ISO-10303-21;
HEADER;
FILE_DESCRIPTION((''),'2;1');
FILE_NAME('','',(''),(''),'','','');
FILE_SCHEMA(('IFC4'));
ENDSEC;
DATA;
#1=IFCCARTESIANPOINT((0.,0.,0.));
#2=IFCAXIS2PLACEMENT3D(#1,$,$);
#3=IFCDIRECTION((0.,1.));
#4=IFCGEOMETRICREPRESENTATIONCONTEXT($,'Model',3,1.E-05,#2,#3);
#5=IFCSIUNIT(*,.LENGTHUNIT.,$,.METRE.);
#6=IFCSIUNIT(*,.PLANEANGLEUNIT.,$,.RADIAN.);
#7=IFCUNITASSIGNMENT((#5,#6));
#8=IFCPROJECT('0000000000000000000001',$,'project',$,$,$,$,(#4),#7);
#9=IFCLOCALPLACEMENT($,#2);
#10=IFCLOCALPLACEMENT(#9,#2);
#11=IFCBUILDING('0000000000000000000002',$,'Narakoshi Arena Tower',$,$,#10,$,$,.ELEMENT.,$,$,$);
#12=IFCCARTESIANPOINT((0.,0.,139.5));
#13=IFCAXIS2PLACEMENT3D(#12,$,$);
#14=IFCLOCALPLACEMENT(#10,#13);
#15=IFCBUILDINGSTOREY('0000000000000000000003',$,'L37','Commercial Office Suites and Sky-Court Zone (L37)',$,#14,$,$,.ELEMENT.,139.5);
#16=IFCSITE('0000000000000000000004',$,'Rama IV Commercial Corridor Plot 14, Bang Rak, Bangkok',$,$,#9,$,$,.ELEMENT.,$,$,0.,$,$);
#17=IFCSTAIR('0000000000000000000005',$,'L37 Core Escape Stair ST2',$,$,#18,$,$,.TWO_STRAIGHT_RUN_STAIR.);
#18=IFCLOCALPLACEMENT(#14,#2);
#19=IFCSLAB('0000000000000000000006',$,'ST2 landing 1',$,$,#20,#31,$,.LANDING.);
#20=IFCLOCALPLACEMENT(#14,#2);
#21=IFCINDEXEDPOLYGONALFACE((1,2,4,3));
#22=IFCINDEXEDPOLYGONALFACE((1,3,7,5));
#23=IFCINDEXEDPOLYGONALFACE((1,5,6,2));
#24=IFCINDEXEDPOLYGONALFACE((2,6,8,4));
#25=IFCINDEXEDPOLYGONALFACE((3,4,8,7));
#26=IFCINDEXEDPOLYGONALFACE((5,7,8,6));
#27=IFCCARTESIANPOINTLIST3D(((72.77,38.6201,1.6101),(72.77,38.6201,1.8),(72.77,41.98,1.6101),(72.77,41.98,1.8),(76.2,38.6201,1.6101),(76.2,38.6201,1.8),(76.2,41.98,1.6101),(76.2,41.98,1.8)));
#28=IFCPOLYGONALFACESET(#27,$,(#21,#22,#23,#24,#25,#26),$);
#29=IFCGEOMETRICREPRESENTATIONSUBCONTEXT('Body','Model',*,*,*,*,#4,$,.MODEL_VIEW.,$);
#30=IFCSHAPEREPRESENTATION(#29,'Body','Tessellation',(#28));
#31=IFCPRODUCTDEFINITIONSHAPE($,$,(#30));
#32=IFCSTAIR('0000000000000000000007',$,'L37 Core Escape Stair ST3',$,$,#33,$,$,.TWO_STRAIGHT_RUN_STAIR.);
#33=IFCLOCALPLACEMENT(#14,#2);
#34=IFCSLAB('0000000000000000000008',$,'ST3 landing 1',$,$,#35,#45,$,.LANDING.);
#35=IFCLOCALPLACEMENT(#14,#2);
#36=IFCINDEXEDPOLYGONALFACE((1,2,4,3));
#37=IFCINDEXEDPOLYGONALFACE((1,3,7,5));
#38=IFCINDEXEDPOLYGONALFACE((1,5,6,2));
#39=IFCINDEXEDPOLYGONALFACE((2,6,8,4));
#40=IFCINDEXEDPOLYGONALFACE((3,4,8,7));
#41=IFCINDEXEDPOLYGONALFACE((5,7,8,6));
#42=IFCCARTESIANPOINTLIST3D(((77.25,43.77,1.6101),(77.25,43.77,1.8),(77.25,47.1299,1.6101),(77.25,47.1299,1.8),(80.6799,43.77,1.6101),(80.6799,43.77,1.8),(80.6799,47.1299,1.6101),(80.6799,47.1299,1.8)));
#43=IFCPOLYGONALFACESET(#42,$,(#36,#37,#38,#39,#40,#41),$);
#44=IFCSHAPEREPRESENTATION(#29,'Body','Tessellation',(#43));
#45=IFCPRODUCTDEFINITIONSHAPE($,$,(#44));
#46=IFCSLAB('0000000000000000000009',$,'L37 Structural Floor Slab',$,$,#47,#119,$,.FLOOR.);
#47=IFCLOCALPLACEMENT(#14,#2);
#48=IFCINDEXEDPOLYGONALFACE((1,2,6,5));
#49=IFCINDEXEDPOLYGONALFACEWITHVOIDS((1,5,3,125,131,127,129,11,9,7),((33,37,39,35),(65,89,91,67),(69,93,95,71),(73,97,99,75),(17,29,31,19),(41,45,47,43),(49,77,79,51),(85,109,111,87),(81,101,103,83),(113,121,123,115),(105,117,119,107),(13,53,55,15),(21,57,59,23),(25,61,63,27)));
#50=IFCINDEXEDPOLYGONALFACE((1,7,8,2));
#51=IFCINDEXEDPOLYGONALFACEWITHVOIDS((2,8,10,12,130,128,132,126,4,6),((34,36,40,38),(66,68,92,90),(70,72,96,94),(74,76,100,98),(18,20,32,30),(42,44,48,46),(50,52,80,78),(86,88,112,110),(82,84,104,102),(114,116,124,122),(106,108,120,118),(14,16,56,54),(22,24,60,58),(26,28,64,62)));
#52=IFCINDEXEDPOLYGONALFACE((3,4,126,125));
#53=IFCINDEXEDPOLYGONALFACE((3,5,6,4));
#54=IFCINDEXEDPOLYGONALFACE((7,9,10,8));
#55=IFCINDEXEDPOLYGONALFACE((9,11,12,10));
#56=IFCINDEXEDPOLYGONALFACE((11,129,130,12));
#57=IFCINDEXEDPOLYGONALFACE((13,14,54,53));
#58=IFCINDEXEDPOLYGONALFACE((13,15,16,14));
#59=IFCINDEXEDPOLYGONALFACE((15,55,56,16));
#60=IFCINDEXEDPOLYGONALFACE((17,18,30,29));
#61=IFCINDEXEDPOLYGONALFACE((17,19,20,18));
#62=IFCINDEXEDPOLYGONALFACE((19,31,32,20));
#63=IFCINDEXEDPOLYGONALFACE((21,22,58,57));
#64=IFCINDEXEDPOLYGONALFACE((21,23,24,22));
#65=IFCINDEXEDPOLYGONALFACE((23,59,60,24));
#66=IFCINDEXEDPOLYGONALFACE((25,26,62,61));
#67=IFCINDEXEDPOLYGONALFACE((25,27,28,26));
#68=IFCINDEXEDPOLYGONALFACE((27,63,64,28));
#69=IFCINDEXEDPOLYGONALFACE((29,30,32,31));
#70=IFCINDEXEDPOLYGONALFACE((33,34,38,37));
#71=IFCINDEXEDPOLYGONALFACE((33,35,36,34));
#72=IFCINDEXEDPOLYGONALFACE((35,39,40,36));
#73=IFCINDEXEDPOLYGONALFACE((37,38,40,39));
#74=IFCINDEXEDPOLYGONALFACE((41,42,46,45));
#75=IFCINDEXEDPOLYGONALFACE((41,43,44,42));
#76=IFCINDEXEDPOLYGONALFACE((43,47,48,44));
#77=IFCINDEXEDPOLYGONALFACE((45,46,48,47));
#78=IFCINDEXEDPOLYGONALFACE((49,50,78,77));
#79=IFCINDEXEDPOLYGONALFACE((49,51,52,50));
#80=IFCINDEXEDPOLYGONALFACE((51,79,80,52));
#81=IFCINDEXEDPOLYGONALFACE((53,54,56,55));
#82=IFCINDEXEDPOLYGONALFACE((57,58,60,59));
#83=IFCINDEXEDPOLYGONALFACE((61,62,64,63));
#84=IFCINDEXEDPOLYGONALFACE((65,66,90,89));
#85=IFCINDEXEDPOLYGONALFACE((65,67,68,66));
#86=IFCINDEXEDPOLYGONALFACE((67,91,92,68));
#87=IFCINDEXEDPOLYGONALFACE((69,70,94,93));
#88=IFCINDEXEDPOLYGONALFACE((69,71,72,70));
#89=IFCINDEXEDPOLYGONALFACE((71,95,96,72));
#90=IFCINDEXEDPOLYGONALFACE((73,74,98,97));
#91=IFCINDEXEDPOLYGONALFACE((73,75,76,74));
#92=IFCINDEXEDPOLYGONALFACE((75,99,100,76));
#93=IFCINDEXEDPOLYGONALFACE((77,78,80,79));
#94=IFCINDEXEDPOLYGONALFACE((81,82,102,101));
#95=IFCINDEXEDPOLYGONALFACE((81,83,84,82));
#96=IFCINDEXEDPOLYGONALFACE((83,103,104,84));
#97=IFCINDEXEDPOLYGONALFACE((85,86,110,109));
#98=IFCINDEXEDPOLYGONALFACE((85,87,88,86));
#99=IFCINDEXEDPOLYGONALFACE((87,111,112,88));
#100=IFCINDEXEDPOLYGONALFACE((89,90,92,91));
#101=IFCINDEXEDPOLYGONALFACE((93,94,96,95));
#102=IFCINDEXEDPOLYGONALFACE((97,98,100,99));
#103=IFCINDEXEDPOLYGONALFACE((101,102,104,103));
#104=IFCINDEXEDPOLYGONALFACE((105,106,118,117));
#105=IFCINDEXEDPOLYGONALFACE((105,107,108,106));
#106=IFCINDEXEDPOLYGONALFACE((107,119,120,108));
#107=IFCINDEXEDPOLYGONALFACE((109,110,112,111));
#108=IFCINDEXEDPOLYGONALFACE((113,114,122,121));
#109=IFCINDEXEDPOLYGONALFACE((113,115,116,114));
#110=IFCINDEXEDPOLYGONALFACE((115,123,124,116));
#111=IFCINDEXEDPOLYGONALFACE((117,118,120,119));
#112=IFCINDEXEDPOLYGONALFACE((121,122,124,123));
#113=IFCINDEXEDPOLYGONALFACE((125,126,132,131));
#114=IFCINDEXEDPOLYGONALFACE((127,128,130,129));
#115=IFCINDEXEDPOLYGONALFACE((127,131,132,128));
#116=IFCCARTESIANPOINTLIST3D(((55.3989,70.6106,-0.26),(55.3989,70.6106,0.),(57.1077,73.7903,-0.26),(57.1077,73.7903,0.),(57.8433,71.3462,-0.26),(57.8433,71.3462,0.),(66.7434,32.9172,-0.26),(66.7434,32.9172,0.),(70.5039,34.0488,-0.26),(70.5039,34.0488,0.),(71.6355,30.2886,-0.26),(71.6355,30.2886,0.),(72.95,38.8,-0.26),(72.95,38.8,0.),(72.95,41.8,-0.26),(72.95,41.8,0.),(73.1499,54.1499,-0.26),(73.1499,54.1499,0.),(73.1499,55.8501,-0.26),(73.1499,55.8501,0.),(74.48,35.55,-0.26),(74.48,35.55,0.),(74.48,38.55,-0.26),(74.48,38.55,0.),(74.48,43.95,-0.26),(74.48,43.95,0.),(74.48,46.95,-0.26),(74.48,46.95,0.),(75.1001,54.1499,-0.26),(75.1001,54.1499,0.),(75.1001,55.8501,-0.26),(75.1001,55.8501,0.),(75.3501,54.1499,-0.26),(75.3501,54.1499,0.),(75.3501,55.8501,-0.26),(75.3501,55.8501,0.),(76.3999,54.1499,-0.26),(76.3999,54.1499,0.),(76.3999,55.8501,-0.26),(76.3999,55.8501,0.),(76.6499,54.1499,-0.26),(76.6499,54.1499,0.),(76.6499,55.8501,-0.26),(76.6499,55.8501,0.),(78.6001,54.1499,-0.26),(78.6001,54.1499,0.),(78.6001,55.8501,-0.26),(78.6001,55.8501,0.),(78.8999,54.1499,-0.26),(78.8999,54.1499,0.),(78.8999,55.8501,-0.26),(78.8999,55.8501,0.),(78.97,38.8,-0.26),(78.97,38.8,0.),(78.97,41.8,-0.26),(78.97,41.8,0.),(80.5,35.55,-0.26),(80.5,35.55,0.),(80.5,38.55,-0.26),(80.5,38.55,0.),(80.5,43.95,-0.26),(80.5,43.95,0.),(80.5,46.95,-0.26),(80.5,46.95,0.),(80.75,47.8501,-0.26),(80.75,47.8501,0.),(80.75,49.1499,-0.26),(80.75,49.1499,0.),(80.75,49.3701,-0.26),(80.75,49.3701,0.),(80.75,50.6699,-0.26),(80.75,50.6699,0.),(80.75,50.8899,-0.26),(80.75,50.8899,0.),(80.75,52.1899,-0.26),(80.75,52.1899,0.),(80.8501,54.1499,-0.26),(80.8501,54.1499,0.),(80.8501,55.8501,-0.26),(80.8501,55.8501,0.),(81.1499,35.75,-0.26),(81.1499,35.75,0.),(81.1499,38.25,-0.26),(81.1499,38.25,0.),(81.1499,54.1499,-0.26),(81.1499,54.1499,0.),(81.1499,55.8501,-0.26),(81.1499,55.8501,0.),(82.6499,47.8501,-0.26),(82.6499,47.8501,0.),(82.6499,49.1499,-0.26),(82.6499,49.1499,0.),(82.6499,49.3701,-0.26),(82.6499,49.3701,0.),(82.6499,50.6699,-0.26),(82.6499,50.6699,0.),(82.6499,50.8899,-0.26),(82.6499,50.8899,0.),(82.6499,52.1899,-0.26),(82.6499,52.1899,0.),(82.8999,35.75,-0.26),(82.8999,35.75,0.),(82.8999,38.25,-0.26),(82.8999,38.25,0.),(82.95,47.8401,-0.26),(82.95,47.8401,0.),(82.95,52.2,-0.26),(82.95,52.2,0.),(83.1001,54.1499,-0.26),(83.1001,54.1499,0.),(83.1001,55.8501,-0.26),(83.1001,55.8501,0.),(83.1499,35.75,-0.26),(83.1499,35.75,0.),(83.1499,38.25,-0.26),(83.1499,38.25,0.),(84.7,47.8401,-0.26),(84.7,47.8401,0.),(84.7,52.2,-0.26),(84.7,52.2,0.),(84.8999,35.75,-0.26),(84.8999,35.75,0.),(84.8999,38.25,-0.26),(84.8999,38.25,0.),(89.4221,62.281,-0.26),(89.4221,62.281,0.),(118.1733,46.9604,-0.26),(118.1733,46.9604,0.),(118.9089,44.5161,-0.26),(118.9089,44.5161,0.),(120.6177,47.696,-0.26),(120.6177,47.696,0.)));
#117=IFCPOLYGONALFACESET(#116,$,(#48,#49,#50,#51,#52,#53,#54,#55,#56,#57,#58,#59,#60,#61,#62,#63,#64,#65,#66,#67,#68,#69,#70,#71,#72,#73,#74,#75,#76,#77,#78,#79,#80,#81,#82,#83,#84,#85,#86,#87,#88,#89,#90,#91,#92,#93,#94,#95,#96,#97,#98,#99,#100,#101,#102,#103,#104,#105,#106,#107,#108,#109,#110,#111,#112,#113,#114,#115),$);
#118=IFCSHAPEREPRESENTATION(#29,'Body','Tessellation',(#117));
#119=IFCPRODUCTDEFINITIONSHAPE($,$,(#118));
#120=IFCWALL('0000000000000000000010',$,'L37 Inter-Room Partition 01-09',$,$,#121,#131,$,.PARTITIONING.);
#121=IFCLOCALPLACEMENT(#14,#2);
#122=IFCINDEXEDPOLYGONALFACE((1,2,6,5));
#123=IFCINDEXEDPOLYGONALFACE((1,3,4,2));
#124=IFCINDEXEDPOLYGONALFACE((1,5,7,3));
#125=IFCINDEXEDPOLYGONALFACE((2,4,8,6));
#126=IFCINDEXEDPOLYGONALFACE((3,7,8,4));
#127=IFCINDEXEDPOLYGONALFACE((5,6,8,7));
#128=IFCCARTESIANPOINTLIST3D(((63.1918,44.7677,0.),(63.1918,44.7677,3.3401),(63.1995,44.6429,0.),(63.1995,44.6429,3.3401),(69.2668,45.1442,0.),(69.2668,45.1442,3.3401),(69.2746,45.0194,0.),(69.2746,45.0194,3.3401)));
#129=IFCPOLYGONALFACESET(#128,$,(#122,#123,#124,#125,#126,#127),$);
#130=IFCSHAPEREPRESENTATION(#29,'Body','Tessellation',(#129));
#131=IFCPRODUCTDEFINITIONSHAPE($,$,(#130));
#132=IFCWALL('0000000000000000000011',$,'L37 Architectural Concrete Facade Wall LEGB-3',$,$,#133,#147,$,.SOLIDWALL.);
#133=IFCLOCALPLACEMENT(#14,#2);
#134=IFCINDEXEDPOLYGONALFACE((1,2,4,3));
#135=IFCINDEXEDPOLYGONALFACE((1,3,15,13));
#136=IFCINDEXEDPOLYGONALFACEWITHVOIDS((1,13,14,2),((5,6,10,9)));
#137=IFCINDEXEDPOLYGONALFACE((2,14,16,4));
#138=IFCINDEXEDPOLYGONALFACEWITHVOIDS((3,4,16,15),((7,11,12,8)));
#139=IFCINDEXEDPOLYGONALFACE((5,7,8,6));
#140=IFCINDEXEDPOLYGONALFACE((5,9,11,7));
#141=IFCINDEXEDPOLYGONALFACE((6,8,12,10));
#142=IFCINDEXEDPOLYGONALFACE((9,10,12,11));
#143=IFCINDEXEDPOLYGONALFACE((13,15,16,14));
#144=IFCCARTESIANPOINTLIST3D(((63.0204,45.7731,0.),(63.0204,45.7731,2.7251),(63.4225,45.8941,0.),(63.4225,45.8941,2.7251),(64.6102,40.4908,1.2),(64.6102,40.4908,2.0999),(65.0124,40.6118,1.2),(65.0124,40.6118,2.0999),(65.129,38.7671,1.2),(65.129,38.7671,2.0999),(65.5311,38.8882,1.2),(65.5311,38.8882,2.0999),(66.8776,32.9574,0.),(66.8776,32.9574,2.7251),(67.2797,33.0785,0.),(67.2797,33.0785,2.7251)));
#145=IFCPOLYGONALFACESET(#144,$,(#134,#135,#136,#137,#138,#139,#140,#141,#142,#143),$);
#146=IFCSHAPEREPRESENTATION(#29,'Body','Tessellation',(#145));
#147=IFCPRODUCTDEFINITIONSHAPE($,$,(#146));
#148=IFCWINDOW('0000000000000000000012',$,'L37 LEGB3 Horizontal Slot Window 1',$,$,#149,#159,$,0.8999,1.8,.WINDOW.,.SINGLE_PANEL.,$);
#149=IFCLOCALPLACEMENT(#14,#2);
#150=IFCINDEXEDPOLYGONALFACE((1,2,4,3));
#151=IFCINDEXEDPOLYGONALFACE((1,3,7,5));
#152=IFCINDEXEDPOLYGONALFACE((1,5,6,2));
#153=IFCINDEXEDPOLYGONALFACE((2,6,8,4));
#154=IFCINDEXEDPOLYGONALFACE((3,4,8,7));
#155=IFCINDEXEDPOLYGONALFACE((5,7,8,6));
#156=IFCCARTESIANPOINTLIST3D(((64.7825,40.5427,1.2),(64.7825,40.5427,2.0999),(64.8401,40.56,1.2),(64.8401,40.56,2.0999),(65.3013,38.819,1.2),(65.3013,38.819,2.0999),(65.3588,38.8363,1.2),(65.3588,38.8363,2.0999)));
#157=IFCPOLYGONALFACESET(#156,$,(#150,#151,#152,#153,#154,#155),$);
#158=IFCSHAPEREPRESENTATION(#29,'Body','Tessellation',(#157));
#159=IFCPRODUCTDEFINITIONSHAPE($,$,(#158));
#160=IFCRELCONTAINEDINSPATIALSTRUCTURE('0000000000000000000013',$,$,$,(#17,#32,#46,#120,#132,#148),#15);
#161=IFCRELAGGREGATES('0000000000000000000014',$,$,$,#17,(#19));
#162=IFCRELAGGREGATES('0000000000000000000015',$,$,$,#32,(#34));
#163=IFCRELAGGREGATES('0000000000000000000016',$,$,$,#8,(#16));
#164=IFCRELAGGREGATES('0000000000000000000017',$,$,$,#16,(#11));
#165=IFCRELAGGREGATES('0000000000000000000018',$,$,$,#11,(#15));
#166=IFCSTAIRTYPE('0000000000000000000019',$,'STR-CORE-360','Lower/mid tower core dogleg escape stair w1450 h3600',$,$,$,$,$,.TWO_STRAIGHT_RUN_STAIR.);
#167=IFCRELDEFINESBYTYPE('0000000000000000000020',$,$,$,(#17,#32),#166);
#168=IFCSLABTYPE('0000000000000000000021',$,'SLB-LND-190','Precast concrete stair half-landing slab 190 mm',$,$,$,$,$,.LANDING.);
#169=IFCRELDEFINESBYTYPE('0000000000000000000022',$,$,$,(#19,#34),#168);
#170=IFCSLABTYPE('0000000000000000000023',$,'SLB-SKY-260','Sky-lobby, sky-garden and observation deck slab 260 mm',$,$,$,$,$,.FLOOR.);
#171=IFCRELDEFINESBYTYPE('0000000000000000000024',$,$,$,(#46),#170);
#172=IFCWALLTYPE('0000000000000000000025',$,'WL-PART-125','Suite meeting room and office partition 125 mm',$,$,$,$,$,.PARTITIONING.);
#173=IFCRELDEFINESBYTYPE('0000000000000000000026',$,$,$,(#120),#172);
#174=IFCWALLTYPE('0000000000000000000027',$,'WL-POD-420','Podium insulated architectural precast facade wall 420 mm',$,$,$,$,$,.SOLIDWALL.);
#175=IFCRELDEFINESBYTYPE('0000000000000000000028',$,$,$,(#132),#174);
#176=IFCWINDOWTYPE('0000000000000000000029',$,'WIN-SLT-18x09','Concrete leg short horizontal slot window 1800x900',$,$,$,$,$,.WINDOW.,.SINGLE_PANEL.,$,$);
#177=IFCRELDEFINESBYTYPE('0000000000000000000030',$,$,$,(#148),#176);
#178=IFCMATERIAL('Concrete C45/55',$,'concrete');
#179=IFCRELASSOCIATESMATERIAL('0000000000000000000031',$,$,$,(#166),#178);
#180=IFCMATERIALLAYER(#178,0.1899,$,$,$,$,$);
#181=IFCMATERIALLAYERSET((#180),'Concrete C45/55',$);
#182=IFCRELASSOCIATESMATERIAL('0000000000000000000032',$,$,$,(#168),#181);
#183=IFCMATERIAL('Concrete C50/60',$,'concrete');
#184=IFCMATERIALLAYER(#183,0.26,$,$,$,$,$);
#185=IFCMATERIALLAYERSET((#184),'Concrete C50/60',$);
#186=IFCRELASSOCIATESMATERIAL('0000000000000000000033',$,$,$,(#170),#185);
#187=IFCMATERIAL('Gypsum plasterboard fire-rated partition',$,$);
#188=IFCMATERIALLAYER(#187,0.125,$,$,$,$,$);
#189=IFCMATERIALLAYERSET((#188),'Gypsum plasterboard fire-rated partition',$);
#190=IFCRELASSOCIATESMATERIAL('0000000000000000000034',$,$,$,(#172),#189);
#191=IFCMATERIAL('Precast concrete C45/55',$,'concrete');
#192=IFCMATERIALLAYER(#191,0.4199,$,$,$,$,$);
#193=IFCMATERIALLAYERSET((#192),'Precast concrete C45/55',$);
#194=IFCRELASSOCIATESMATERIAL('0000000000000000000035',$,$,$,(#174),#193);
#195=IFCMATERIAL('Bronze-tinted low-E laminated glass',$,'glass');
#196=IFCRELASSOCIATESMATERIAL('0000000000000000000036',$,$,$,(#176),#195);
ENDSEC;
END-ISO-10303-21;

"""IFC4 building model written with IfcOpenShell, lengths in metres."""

from ifc_helpers import new_model, si_unit, direction, frame, frame_2d, origin, place, context, subcontext, project, spatial, polyline, rectangle, outline, extrude, material, layer, layer_set, type_object, element, fill, aggregate, save


model = new_model("IFC4")

# Units and contexts
model_context = context("Model", 3, precision=1e-05, world=origin(), true_north=direction((0.0, 1.0)))
body_context = subcontext(model_context, "Body", "Model", "MODEL_VIEW")
ifc_project = project(units=[si_unit("LENGTHUNIT", "METRE"), si_unit("PLANEANGLEUNIT", "RADIAN")], contexts=[model_context])

# Site, building, storey
site_placement = place(None, origin())
site = spatial("IfcSite", under=ifc_project, at=site_placement, Name="Rama IV Commercial Corridor Plot 14, Bang Rak, Bangkok", CompositionType="ELEMENT", RefElevation=0.0)
building_placement = place(site_placement, origin())
building = spatial("IfcBuilding", under=site, at=building_placement, Name="Narakoshi Arena Tower", CompositionType="ELEMENT")
storey_placement = place(building_placement, frame((0.0, 0.0, 139.5)))
storey = spatial("IfcBuildingStorey", under=building, at=storey_placement, Name="L37", Description="Commercial Office Suites and Sky-Court Zone (L37)", CompositionType="ELEMENT", Elevation=139.5)

# Stairs, slabs
ifc_material_1 = material(Name="Concrete C45/55", Category="concrete")
stair_type = type_object("IfcStairType", Name="STR-CORE-360", Description="Lower/mid tower core dogleg escape stair w1450 h3600", PredefinedType="TWO_STRAIGHT_RUN_STAIR", material=ifc_material_1)
ifc_layer_1 = layer(ifc_material_1, 0.1899)
ifc_layer_set_1 = layer_set([ifc_layer_1], Name="Concrete C45/55")
slab_type_1 = type_object("IfcSlabType", Name="SLB-LND-190", Description="Precast concrete stair half-landing slab 190 mm", PredefinedType="LANDING", material=ifc_layer_set_1)
stair_1_placement = place(storey_placement, origin())
stair_1 = element("IfcStair", 1, at=stair_1_placement, inside=storey, type_object=stair_type, Name="L37 Core Escape Stair ST2", PredefinedType="TWO_STRAIGHT_RUN_STAIR")
slab_1_placement = place(storey_placement, frame((0.0, 0.0, 1.6101)))
slab_1 = element("IfcSlab", 2, at=slab_1_placement, type_object=slab_type_1, Name="ST2 landing 1", PredefinedType="LANDING", context=body_context, shape_type="SweptSolid", body=[
    extrude(outline(polyline([(72.77, 38.6201), (76.2, 38.6201), (76.2, 41.98), (72.77, 41.98), (72.77, 38.6201)])), origin(), (0.0, 0.0, 1.0), 0.1899),
])
aggregate(stair_1, [slab_1])
stair_2_placement = place(storey_placement, origin())
stair_2 = element("IfcStair", 3, at=stair_2_placement, inside=storey, type_object=stair_type, Name="L37 Core Escape Stair ST3", PredefinedType="TWO_STRAIGHT_RUN_STAIR")
slab_2_placement = place(storey_placement, frame((0.0, 0.0, 1.6101)))
slab_2 = element("IfcSlab", 4, at=slab_2_placement, type_object=slab_type_1, Name="ST3 landing 1", PredefinedType="LANDING", context=body_context, shape_type="SweptSolid", body=[
    extrude(outline(polyline([(77.25, 43.77), (80.6799, 43.77), (80.6799, 47.1299), (77.25, 47.1299), (77.25, 43.77)])), origin(), (0.0, 0.0, 1.0), 0.1899),
])
aggregate(stair_2, [slab_2])

# Slab
ifc_material_2 = material(Name="Concrete C50/60", Category="concrete")
ifc_layer_2 = layer(ifc_material_2, 0.26)
ifc_layer_set_2 = layer_set([ifc_layer_2], Name="Concrete C50/60")
slab_type_2 = type_object("IfcSlabType", Name="SLB-SKY-260", Description="Sky-lobby, sky-garden and observation deck slab 260 mm", PredefinedType="FLOOR", material=ifc_layer_set_2)
slab_3_placement = place(storey_placement, frame((0.0, 0.0, -0.26)))
element("IfcSlab", 5, at=slab_3_placement, inside=storey, type_object=slab_type_2, Name="L37 Structural Floor Slab", PredefinedType="FLOOR", context=body_context, shape_type="SweptSolid", body=[
    extrude(outline(polyline([(71.6355, 30.2886), (118.9089, 44.5161), (118.1733, 46.9604), (120.6177, 47.696), (89.4221, 62.281), (57.1077, 73.7903), (57.8433, 71.3462), (55.3989, 70.6106), (66.7434, 32.9172), (70.5039, 34.0488), (71.6355, 30.2886)]), holes=[polyline([(80.5, 35.55), (74.48, 35.55), (74.48, 38.55), (80.5, 38.55), (80.5, 35.55)]), polyline([(82.8999, 35.75), (81.1499, 35.75), (81.1499, 38.25), (82.8999, 38.25), (82.8999, 35.75)]), polyline([(83.1499, 35.75), (83.1499, 38.25), (84.8999, 38.25), (84.8999, 35.75), (83.1499, 35.75)]), polyline([(72.95, 38.8), (72.95, 41.8), (78.97, 41.8), (78.97, 38.8), (72.95, 38.8)]), polyline([(74.48, 43.95), (74.48, 46.95), (80.5, 46.95), (80.5, 43.95), (74.48, 43.95)]), polyline([(82.95, 47.8401), (82.95, 52.2), (84.7, 52.2), (84.7, 47.8401), (82.95, 47.8401)]), polyline([(80.75, 47.8501), (80.75, 49.1499), (82.6499, 49.1499), (82.6499, 47.8501), (80.75, 47.8501)]), polyline([(80.75, 49.3701), (80.75, 50.6699), (82.6499, 50.6699), (82.6499, 49.3701), (80.75, 49.3701)]), polyline([(80.75, 50.8899), (80.75, 52.1899), (82.6499, 52.1899), (82.6499, 50.8899), (80.75, 50.8899)]), polyline([(73.1499, 54.1499), (73.1499, 55.8501), (75.1001, 55.8501), (75.1001, 54.1499), (73.1499, 54.1499)]), polyline([(75.3501, 54.1499), (75.3501, 55.8501), (76.3999, 55.8501), (76.3999, 54.1499), (75.3501, 54.1499)]), polyline([(76.6499, 54.1499), (76.6499, 55.8501), (78.6001, 55.8501), (78.6001, 54.1499), (76.6499, 54.1499)]), polyline([(78.8999, 54.1499), (78.8999, 55.8501), (80.8501, 55.8501), (80.8501, 54.1499), (78.8999, 54.1499)]), polyline([(81.1499, 54.1499), (81.1499, 55.8501), (83.1001, 55.8501), (83.1001, 54.1499), (81.1499, 54.1499)])]), origin(), (0.0, 0.0, 1.0), 0.26),
])

# Wall
ifc_material_3 = material(Name="Gypsum plasterboard fire-rated partition")
ifc_layer_3 = layer(ifc_material_3, 0.125)
ifc_layer_set_3 = layer_set([ifc_layer_3], Name="Gypsum plasterboard fire-rated partition")
wall_type_1 = type_object("IfcWallType", Name="WL-PART-125", Description="Suite meeting room and office partition 125 mm", PredefinedType="PARTITIONING", material=ifc_layer_set_3)
wall_1_placement = place(storey_placement, frame((63.1956, 44.7053, 0.0), z_axis=(0.0, 0.0, 1.0), x_axis=(0.998085, 0.061851, 0.0)))
element("IfcWall", 6, at=wall_1_placement, inside=storey, type_object=wall_type_1, Name="L37 Inter-Room Partition 01-09", PredefinedType="PARTITIONING", context=body_context, shape_type="SweptSolid", body=[
    extrude(rectangle(XDim=6.0867, YDim=0.125, at=frame_2d((3.0435, 0.0))), origin(), (0.0, 0.0, 1.0), 3.3401),
])

# Wall, opening, window
ifc_material_4 = material(Name="Precast concrete C45/55", Category="concrete")
ifc_layer_4 = layer(ifc_material_4, 0.4199)
ifc_layer_set_4 = layer_set([ifc_layer_4], Name="Precast concrete C45/55")
wall_type_2 = type_object("IfcWallType", Name="WL-POD-420", Description="Podium insulated architectural precast facade wall 420 mm", PredefinedType="SOLIDWALL", material=ifc_layer_set_4)
wall_2_placement = place(storey_placement, frame((63.2214, 45.8337, 0.0), z_axis=(0.0, 0.0, 1.0), x_axis=(0.288203, -0.957569, 0.0)))
wall_2 = element("IfcWall", 7, at=wall_2_placement, inside=storey, type_object=wall_type_2, Name="L37 Architectural Concrete Facade Wall LEGB-3", PredefinedType="SOLIDWALL", context=body_context, shape_type="SweptSolid", body=[
    extrude(rectangle(XDim=13.3835, YDim=0.4199, at=frame_2d((6.6919, 0.0))), origin(), (0.0, 0.0, 1.0), 2.7251),
])
opening_placement = place(wall_2_placement, frame((5.5166, 0.0, 1.2)))
opening = element("IfcOpeningElement", 8, at=opening_placement, cuts=wall_2, PredefinedType="OPENING", context=body_context, shape_type="SweptSolid", body=[
    extrude(rectangle(XDim=1.8, YDim=0.8999, at=frame_2d((0.8999, 0.45))), frame((0.0, 0.22, 0.0), z_axis=(0.0, -1.0, 0.0), x_axis=(1.0, 0.0, 0.0)), (0.0, 0.0, 1.0), 0.4399),
])
ifc_material_5 = material(Name="Bronze-tinted low-E laminated glass", Category="glass")
window_type = type_object("IfcWindowType", Name="WIN-SLT-18x09", Description="Concrete leg short horizontal slot window 1800x900", PartitioningType="SINGLE_PANEL", PredefinedType="WINDOW", material=ifc_material_5)
window_placement = place(opening_placement, origin())
window = element("IfcWindow", 9, at=window_placement, inside=storey, type_object=window_type, Name="L37 LEGB3 Horizontal Slot Window 1", OverallHeight=0.8999, OverallWidth=1.8, PartitioningType="SINGLE_PANEL", PredefinedType="WINDOW", context=body_context, shape_type="SweptSolid", body=[
    extrude(rectangle(XDim=1.8, YDim=0.8999, at=frame_2d((0.8999, 0.45))), frame((0.0, 0.03, 0.0), z_axis=(0.0, -1.0, 0.0), x_axis=(1.0, 0.0, 0.0)), (0.0, 0.0, 1.0), 0.0601),
])
fill(opening, window)

save(model, "model.ifc")
